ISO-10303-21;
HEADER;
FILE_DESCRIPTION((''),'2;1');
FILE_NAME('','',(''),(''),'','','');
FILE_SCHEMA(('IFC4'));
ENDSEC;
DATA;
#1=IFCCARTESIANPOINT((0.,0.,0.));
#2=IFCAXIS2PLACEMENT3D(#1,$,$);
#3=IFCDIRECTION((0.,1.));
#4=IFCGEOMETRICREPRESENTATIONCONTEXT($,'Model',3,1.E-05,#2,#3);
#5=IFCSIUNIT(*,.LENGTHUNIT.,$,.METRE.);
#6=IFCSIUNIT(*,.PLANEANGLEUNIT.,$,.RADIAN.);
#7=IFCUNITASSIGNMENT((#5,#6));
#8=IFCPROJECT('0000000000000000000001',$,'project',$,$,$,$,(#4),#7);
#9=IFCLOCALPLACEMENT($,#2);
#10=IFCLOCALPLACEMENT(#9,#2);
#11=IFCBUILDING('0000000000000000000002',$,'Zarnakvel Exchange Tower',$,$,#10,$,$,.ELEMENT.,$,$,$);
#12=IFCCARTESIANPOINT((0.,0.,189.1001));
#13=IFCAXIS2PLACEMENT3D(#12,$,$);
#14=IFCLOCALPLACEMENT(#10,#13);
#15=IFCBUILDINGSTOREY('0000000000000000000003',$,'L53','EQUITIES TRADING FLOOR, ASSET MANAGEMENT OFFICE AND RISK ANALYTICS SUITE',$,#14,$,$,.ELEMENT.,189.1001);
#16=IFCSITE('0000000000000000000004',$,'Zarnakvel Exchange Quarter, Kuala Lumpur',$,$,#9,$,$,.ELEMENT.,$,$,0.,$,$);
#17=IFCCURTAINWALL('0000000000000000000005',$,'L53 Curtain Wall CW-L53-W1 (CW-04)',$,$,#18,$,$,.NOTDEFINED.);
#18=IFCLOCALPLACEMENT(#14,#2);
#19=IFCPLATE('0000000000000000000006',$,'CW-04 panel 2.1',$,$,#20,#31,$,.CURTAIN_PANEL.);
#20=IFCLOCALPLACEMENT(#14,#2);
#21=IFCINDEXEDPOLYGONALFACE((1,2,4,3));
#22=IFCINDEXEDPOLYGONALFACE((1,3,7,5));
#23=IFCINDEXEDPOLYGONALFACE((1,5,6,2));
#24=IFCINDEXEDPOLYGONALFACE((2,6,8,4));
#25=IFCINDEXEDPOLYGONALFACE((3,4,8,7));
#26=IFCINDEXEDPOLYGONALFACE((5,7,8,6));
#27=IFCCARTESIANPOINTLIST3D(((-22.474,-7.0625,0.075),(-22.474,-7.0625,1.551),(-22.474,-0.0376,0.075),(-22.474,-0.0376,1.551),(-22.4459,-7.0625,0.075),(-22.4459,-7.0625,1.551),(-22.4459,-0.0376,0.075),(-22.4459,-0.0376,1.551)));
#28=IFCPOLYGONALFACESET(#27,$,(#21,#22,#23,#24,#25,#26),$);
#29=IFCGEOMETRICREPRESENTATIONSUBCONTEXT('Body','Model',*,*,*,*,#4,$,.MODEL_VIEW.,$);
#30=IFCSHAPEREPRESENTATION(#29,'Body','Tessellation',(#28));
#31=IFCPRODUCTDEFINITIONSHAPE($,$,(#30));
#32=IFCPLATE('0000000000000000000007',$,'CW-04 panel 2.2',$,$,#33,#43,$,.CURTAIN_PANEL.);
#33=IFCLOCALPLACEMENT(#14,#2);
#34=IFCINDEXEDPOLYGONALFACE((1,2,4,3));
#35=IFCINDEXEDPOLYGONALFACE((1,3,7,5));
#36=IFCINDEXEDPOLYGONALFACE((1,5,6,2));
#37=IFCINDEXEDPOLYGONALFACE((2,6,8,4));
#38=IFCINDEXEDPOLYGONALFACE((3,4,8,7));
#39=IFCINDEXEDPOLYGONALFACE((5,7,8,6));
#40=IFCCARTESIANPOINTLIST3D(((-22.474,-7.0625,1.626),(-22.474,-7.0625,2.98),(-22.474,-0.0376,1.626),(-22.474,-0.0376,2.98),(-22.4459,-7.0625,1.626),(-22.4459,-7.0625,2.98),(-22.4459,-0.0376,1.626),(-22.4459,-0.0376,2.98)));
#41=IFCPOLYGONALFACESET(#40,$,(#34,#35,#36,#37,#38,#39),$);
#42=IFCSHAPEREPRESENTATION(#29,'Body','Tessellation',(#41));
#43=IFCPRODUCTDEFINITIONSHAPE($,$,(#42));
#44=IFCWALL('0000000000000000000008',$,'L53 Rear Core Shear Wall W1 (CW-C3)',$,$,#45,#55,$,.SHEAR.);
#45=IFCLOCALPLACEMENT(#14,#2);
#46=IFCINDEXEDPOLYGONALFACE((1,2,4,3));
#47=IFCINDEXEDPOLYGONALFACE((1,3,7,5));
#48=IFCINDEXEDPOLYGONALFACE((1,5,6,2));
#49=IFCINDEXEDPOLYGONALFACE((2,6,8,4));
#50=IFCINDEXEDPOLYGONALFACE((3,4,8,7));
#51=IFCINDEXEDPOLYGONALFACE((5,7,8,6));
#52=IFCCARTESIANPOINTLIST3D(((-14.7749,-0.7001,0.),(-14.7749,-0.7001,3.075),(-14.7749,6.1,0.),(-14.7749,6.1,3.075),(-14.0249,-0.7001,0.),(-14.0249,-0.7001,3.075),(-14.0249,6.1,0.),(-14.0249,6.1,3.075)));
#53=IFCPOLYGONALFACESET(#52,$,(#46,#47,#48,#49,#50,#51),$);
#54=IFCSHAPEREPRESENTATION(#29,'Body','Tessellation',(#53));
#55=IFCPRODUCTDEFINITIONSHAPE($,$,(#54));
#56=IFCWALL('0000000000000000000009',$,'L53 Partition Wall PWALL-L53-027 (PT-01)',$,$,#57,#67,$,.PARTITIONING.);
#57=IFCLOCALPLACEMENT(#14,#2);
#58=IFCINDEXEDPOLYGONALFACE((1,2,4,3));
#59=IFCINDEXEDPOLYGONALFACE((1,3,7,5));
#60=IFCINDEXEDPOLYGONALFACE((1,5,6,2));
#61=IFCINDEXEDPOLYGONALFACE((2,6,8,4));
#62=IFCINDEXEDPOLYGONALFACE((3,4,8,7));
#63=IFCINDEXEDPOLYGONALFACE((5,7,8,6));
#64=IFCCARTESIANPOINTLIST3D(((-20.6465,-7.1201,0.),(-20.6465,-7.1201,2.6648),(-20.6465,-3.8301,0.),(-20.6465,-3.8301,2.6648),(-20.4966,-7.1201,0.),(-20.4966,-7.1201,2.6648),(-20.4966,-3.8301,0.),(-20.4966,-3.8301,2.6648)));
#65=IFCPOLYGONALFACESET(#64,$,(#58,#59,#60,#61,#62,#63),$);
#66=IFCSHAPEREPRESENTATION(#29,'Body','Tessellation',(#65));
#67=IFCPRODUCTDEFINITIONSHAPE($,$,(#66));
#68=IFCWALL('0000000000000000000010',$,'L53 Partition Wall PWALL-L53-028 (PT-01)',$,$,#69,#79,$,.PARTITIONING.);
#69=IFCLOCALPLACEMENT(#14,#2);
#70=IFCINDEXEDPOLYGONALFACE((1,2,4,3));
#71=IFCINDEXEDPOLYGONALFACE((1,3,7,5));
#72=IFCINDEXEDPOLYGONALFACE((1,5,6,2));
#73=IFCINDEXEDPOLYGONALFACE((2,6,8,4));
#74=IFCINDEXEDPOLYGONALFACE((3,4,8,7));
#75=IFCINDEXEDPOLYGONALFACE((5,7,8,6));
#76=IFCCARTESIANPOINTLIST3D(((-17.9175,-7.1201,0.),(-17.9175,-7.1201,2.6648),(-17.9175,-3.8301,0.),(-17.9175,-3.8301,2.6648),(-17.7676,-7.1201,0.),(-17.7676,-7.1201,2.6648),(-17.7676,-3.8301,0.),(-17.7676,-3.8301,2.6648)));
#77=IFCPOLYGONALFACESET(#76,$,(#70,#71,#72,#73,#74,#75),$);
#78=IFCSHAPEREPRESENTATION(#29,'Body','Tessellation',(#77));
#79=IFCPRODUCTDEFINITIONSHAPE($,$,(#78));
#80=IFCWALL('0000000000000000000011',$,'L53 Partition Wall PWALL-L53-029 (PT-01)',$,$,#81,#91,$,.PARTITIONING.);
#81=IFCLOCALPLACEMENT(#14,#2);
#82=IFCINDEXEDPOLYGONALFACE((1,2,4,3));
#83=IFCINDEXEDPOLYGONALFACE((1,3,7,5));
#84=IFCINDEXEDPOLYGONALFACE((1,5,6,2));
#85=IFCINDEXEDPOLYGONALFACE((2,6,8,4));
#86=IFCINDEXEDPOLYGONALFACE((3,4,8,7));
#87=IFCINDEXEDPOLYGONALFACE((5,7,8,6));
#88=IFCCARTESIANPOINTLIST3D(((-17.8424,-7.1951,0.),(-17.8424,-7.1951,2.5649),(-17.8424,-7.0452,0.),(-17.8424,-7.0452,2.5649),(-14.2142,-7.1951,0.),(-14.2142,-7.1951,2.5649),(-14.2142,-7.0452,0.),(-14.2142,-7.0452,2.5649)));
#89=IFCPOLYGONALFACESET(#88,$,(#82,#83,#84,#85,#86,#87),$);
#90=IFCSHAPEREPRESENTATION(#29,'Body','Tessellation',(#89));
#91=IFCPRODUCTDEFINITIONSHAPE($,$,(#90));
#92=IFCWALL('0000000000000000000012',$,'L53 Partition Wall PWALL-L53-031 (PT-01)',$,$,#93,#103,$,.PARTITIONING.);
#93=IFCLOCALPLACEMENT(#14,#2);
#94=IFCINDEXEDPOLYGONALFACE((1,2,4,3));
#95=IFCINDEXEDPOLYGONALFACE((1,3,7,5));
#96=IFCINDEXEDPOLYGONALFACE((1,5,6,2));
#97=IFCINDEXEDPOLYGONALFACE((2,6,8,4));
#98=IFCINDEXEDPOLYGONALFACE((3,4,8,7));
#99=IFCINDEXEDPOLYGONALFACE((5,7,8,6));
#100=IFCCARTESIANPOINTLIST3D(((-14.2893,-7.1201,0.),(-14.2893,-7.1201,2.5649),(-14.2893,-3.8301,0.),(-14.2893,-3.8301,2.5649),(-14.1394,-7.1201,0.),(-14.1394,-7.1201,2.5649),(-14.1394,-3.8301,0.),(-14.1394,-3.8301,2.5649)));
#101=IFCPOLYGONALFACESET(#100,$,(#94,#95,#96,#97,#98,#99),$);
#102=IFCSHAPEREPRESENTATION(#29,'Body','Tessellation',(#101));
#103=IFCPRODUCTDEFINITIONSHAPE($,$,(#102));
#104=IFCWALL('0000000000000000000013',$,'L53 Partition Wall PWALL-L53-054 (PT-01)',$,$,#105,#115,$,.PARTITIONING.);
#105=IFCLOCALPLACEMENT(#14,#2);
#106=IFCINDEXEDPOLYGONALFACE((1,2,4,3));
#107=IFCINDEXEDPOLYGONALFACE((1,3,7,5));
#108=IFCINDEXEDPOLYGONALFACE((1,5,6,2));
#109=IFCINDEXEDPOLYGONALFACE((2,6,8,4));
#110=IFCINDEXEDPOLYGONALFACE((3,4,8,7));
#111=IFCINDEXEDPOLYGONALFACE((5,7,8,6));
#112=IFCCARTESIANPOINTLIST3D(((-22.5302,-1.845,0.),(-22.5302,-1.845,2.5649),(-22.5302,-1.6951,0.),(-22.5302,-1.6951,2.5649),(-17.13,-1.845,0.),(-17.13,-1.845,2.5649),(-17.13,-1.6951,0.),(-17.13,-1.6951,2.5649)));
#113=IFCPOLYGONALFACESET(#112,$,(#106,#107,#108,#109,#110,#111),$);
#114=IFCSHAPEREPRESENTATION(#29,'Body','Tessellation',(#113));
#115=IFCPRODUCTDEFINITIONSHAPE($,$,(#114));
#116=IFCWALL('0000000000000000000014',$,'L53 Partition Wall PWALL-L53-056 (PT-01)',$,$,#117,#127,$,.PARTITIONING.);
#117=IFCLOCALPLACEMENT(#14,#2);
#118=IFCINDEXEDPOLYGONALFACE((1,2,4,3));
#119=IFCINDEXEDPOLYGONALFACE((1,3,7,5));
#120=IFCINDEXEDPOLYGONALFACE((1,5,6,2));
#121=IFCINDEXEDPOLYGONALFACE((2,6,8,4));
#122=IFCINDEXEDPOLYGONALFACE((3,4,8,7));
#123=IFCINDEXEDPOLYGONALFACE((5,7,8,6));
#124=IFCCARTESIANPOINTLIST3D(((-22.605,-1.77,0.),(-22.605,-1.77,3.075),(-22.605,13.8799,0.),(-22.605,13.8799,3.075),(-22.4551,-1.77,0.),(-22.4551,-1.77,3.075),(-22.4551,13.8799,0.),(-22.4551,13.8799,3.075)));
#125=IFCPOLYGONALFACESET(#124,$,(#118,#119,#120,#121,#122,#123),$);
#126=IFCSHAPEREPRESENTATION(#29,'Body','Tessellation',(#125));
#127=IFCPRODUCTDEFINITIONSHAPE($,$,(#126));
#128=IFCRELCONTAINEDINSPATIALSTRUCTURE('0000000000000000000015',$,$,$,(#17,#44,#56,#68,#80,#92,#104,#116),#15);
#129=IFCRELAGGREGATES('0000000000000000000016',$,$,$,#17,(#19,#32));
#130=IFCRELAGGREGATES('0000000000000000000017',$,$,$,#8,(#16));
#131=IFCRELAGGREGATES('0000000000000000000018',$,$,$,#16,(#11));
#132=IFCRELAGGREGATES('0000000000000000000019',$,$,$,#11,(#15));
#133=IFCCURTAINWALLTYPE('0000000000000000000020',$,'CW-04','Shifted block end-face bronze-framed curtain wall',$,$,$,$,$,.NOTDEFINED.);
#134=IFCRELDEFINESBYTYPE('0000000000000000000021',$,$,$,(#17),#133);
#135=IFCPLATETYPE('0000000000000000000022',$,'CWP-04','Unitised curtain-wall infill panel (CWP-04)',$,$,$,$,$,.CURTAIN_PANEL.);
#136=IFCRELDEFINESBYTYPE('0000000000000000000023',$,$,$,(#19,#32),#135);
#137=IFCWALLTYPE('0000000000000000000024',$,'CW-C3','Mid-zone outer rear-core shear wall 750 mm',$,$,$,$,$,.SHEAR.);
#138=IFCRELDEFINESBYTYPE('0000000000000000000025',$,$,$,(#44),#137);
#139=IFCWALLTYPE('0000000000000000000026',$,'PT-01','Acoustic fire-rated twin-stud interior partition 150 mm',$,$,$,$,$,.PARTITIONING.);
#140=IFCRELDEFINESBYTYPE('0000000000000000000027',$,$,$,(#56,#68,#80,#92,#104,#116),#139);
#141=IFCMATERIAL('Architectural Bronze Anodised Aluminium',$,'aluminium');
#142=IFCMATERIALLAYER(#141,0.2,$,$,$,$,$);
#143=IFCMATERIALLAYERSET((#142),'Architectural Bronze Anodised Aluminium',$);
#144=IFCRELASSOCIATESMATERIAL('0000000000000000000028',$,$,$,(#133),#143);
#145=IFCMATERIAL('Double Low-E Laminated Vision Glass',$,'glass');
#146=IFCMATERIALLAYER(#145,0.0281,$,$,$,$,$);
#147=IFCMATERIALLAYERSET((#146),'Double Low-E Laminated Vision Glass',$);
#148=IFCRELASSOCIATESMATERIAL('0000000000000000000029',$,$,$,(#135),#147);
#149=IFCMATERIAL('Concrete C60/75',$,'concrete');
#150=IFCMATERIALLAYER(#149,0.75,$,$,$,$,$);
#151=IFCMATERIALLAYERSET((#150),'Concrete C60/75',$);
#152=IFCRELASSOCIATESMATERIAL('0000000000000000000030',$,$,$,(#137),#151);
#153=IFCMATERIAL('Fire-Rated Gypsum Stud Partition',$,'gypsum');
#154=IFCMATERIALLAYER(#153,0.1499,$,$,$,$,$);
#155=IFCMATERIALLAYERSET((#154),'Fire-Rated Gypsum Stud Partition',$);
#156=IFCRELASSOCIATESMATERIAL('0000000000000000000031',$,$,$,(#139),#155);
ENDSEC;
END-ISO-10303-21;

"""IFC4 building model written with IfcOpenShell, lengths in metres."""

from ifc_helpers import new_model, si_unit, direction, frame, frame_2d, origin, origin_2d, place, context, subcontext, project, spatial, rectangle, extrude, source, transform, mapped, material, layer, layer_set, type_object, element, aggregate, save


model = new_model("IFC4")

# Units and contexts
model_context = context("Model", 3, precision=1e-05, world=origin(), true_north=direction((0.0, 1.0)))
body_context = subcontext(model_context, "Body", "Model", "MODEL_VIEW")
ifc_project = project(units=[si_unit("LENGTHUNIT", "METRE"), si_unit("PLANEANGLEUNIT", "RADIAN")], contexts=[model_context])

# Site, building, storey
site_placement = place(None, origin())
site = spatial("IfcSite", under=ifc_project, at=site_placement, Name="Zarnakvel Exchange Quarter, Kuala Lumpur", CompositionType="ELEMENT", RefElevation=0.0)
building_placement = place(site_placement, origin())
building = spatial("IfcBuilding", under=site, at=building_placement, Name="Zarnakvel Exchange Tower", CompositionType="ELEMENT")
storey_placement = place(building_placement, frame((0.0, 0.0, 189.1001)))
storey = spatial("IfcBuildingStorey", under=building, at=storey_placement, Name="L53", Description="EQUITIES TRADING FLOOR, ASSET MANAGEMENT OFFICE AND RISK ANALYTICS SUITE", CompositionType="ELEMENT", Elevation=189.1001)

# Shared definitions
ifc_material_1 = material(Name="Concrete C60/75", Category="concrete")

# Curtain wall, plates
ifc_material_2 = material(Name="Architectural Bronze Anodised Aluminium", Category="aluminium")
ifc_layer_1 = layer(ifc_material_2, 0.2)
ifc_layer_set_1 = layer_set([ifc_layer_1], Name="Architectural Bronze Anodised Aluminium")
curtain_wall_type = type_object("IfcCurtainWallType", Name="CW-04", Description="Shifted block end-face bronze-framed curtain wall", PredefinedType="NOTDEFINED", material=ifc_layer_set_1)
curtain_wall_placement = place(storey_placement, origin())
curtain_wall = element("IfcCurtainWall", 1, at=curtain_wall_placement, inside=storey, type_object=curtain_wall_type, Name="L53 Curtain Wall CW-L53-W1 (CW-04)", PredefinedType="NOTDEFINED")
ifc_material_3 = material(Name="Double Low-E Laminated Vision Glass", Category="glass")
ifc_layer_2 = layer(ifc_material_3, 0.0281)
ifc_layer_set_2 = layer_set([ifc_layer_2], Name="Double Low-E Laminated Vision Glass")
plate_type = type_object("IfcPlateType", Name="CWP-04", Description="Unitised curtain-wall infill panel (CWP-04)", PredefinedType="CURTAIN_PANEL", material=ifc_layer_set_2)
shared_shape_1 = source(origin(), body_context, "Body", "SweptSolid", [
    extrude(rectangle(XDim=7.0249, YDim=0.0281, at=origin_2d()), origin(), (0.0, 0.0, 1.0), 1.4761),
])
plate_1_placement = place(storey_placement, frame((-22.46, -3.55, 0.075), z_axis=(0.0, 0.0, 1.0), x_axis=(0.0, 1.0, 0.0)))
plate_1 = element("IfcPlate", 2, at=plate_1_placement, type_object=plate_type, Name="CW-04 panel 2.1", PredefinedType="CURTAIN_PANEL", context=body_context, shape_type="MappedRepresentation", body=[
    mapped(shared_shape_1, transform((0.0, 0.0, 0.0), x_axis=(1.0, 0.0, 0.0), y_axis=(0.0, 1.0, 0.0), z_axis=(0.0, 0.0, 1.0), scale=1.0)),
])
shared_shape_2 = source(origin(), body_context, "Body", "SweptSolid", [
    extrude(rectangle(XDim=7.0249, YDim=0.0281, at=origin_2d()), origin(), (0.0, 0.0, 1.0), 1.354),
])
plate_2_placement = place(storey_placement, frame((-22.46, -3.55, 1.626), z_axis=(0.0, 0.0, 1.0), x_axis=(0.0, 1.0, 0.0)))
plate_2 = element("IfcPlate", 3, at=plate_2_placement, type_object=plate_type, Name="CW-04 panel 2.2", PredefinedType="CURTAIN_PANEL", context=body_context, shape_type="MappedRepresentation", body=[
    mapped(shared_shape_2, transform((0.0, 0.0, 0.0), x_axis=(1.0, 0.0, 0.0), y_axis=(0.0, 1.0, 0.0), z_axis=(0.0, 0.0, 1.0), scale=1.0)),
])
aggregate(curtain_wall, [plate_1, plate_2])

# Wall
ifc_layer_3 = layer(ifc_material_1, 0.75)
ifc_layer_set_3 = layer_set([ifc_layer_3], Name="Concrete C60/75")
wall_type_1 = type_object("IfcWallType", Name="CW-C3", Description="Mid-zone outer rear-core shear wall 750 mm", PredefinedType="SHEAR", material=ifc_layer_set_3)
wall_1_placement = place(storey_placement, frame((-14.3999, -0.7, 0.0), z_axis=(0.0, 0.0, 1.0), x_axis=(0.0, 1.0, 0.0)))
element("IfcWall", 4, at=wall_1_placement, inside=storey, type_object=wall_type_1, Name="L53 Rear Core Shear Wall W1 (CW-C3)", PredefinedType="SHEAR", context=body_context, shape_type="SweptSolid", body=[
    extrude(rectangle(XDim=6.8, YDim=0.75, at=frame_2d((3.3999, 0.0))), origin(), (0.0, 0.0, 1.0), 3.075),
])

# Shared definitions
ifc_material_4 = material(Name="Fire-Rated Gypsum Stud Partition", Category="gypsum")
ifc_layer_4 = layer(ifc_material_4, 0.1499)
ifc_layer_set_4 = layer_set([ifc_layer_4], Name="Fire-Rated Gypsum Stud Partition")
wall_type_2 = type_object("IfcWallType", Name="PT-01", Description="Acoustic fire-rated twin-stud interior partition 150 mm", PredefinedType="PARTITIONING", material=ifc_layer_set_4)

# Walls
for number, where, z_axis, x_axis, name in (
    (5, (-20.5715, -7.1201, 0.0), (0.0, 0.0, 1.0), (0.0, 1.0, 0.0), "L53 Partition Wall PWALL-L53-027 (PT-01)"),
    (6, (-17.8425, -3.8301, 0.0), (0.0, 0.0, 1.0), (0.0, -1.0, 0.0), "L53 Partition Wall PWALL-L53-028 (PT-01)"),
):
    element("IfcWall", number, at=place(storey_placement, frame(where, z_axis=z_axis, x_axis=x_axis)), inside=storey, type_object=wall_type_2, Name=name, PredefinedType="PARTITIONING", context=body_context, shape_type="SweptSolid", body=[
        extrude(rectangle(XDim=3.29, YDim=0.1499, at=frame_2d((1.645, 0.0))), origin(), (0.0, 0.0, 1.0), 2.6648),
    ])
wall_2_placement = place(storey_placement, frame((-14.2144, -7.1201, 0.0), z_axis=(0.0, 0.0, 1.0), x_axis=(-1.0, 0.0, 0.0)))
element("IfcWall", 7, at=wall_2_placement, inside=storey, type_object=wall_type_2, Name="L53 Partition Wall PWALL-L53-029 (PT-01)", PredefinedType="PARTITIONING", context=body_context, shape_type="SweptSolid", body=[
    extrude(rectangle(XDim=3.6282, YDim=0.1499, at=frame_2d((1.814, 0.0))), origin(), (0.0, 0.0, 1.0), 2.5649),
])

# Walls
wall_3_placement = place(storey_placement, frame((-14.2144, -3.8301, 0.0), z_axis=(0.0, 0.0, 1.0), x_axis=(0.0, -1.0, 0.0)))
element("IfcWall", 8, at=wall_3_placement, inside=storey, type_object=wall_type_2, Name="L53 Partition Wall PWALL-L53-031 (PT-01)", PredefinedType="PARTITIONING", context=body_context, shape_type="SweptSolid", body=[
    extrude(rectangle(XDim=3.29, YDim=0.1499, at=frame_2d((1.645, 0.0))), origin(), (0.0, 0.0, 1.0), 2.5649),
])
wall_4_placement = place(storey_placement, frame((-17.1299, -1.77, 0.0), z_axis=(0.0, 0.0, 1.0), x_axis=(-1.0, 0.0, 0.0)))
element("IfcWall", 9, at=wall_4_placement, inside=storey, type_object=wall_type_2, Name="L53 Partition Wall PWALL-L53-054 (PT-01)", PredefinedType="PARTITIONING", context=body_context, shape_type="SweptSolid", body=[
    extrude(rectangle(XDim=5.4001, YDim=0.1499, at=frame_2d((2.7002, 0.0))), origin(), (0.0, 0.0, 1.0), 2.5649),
])
wall_5_placement = place(storey_placement, frame((-22.53, -1.77, 0.0), z_axis=(0.0, 0.0, 1.0), x_axis=(0.0, 1.0, 0.0)))
element("IfcWall", 10, at=wall_5_placement, inside=storey, type_object=wall_type_2, Name="L53 Partition Wall PWALL-L53-056 (PT-01)", PredefinedType="PARTITIONING", context=body_context, shape_type="SweptSolid", body=[
    extrude(rectangle(XDim=15.6499, YDim=0.1499, at=frame_2d((7.825, 0.0))), origin(), (0.0, 0.0, 1.0), 3.075),
])

save(model, "model.ifc")
